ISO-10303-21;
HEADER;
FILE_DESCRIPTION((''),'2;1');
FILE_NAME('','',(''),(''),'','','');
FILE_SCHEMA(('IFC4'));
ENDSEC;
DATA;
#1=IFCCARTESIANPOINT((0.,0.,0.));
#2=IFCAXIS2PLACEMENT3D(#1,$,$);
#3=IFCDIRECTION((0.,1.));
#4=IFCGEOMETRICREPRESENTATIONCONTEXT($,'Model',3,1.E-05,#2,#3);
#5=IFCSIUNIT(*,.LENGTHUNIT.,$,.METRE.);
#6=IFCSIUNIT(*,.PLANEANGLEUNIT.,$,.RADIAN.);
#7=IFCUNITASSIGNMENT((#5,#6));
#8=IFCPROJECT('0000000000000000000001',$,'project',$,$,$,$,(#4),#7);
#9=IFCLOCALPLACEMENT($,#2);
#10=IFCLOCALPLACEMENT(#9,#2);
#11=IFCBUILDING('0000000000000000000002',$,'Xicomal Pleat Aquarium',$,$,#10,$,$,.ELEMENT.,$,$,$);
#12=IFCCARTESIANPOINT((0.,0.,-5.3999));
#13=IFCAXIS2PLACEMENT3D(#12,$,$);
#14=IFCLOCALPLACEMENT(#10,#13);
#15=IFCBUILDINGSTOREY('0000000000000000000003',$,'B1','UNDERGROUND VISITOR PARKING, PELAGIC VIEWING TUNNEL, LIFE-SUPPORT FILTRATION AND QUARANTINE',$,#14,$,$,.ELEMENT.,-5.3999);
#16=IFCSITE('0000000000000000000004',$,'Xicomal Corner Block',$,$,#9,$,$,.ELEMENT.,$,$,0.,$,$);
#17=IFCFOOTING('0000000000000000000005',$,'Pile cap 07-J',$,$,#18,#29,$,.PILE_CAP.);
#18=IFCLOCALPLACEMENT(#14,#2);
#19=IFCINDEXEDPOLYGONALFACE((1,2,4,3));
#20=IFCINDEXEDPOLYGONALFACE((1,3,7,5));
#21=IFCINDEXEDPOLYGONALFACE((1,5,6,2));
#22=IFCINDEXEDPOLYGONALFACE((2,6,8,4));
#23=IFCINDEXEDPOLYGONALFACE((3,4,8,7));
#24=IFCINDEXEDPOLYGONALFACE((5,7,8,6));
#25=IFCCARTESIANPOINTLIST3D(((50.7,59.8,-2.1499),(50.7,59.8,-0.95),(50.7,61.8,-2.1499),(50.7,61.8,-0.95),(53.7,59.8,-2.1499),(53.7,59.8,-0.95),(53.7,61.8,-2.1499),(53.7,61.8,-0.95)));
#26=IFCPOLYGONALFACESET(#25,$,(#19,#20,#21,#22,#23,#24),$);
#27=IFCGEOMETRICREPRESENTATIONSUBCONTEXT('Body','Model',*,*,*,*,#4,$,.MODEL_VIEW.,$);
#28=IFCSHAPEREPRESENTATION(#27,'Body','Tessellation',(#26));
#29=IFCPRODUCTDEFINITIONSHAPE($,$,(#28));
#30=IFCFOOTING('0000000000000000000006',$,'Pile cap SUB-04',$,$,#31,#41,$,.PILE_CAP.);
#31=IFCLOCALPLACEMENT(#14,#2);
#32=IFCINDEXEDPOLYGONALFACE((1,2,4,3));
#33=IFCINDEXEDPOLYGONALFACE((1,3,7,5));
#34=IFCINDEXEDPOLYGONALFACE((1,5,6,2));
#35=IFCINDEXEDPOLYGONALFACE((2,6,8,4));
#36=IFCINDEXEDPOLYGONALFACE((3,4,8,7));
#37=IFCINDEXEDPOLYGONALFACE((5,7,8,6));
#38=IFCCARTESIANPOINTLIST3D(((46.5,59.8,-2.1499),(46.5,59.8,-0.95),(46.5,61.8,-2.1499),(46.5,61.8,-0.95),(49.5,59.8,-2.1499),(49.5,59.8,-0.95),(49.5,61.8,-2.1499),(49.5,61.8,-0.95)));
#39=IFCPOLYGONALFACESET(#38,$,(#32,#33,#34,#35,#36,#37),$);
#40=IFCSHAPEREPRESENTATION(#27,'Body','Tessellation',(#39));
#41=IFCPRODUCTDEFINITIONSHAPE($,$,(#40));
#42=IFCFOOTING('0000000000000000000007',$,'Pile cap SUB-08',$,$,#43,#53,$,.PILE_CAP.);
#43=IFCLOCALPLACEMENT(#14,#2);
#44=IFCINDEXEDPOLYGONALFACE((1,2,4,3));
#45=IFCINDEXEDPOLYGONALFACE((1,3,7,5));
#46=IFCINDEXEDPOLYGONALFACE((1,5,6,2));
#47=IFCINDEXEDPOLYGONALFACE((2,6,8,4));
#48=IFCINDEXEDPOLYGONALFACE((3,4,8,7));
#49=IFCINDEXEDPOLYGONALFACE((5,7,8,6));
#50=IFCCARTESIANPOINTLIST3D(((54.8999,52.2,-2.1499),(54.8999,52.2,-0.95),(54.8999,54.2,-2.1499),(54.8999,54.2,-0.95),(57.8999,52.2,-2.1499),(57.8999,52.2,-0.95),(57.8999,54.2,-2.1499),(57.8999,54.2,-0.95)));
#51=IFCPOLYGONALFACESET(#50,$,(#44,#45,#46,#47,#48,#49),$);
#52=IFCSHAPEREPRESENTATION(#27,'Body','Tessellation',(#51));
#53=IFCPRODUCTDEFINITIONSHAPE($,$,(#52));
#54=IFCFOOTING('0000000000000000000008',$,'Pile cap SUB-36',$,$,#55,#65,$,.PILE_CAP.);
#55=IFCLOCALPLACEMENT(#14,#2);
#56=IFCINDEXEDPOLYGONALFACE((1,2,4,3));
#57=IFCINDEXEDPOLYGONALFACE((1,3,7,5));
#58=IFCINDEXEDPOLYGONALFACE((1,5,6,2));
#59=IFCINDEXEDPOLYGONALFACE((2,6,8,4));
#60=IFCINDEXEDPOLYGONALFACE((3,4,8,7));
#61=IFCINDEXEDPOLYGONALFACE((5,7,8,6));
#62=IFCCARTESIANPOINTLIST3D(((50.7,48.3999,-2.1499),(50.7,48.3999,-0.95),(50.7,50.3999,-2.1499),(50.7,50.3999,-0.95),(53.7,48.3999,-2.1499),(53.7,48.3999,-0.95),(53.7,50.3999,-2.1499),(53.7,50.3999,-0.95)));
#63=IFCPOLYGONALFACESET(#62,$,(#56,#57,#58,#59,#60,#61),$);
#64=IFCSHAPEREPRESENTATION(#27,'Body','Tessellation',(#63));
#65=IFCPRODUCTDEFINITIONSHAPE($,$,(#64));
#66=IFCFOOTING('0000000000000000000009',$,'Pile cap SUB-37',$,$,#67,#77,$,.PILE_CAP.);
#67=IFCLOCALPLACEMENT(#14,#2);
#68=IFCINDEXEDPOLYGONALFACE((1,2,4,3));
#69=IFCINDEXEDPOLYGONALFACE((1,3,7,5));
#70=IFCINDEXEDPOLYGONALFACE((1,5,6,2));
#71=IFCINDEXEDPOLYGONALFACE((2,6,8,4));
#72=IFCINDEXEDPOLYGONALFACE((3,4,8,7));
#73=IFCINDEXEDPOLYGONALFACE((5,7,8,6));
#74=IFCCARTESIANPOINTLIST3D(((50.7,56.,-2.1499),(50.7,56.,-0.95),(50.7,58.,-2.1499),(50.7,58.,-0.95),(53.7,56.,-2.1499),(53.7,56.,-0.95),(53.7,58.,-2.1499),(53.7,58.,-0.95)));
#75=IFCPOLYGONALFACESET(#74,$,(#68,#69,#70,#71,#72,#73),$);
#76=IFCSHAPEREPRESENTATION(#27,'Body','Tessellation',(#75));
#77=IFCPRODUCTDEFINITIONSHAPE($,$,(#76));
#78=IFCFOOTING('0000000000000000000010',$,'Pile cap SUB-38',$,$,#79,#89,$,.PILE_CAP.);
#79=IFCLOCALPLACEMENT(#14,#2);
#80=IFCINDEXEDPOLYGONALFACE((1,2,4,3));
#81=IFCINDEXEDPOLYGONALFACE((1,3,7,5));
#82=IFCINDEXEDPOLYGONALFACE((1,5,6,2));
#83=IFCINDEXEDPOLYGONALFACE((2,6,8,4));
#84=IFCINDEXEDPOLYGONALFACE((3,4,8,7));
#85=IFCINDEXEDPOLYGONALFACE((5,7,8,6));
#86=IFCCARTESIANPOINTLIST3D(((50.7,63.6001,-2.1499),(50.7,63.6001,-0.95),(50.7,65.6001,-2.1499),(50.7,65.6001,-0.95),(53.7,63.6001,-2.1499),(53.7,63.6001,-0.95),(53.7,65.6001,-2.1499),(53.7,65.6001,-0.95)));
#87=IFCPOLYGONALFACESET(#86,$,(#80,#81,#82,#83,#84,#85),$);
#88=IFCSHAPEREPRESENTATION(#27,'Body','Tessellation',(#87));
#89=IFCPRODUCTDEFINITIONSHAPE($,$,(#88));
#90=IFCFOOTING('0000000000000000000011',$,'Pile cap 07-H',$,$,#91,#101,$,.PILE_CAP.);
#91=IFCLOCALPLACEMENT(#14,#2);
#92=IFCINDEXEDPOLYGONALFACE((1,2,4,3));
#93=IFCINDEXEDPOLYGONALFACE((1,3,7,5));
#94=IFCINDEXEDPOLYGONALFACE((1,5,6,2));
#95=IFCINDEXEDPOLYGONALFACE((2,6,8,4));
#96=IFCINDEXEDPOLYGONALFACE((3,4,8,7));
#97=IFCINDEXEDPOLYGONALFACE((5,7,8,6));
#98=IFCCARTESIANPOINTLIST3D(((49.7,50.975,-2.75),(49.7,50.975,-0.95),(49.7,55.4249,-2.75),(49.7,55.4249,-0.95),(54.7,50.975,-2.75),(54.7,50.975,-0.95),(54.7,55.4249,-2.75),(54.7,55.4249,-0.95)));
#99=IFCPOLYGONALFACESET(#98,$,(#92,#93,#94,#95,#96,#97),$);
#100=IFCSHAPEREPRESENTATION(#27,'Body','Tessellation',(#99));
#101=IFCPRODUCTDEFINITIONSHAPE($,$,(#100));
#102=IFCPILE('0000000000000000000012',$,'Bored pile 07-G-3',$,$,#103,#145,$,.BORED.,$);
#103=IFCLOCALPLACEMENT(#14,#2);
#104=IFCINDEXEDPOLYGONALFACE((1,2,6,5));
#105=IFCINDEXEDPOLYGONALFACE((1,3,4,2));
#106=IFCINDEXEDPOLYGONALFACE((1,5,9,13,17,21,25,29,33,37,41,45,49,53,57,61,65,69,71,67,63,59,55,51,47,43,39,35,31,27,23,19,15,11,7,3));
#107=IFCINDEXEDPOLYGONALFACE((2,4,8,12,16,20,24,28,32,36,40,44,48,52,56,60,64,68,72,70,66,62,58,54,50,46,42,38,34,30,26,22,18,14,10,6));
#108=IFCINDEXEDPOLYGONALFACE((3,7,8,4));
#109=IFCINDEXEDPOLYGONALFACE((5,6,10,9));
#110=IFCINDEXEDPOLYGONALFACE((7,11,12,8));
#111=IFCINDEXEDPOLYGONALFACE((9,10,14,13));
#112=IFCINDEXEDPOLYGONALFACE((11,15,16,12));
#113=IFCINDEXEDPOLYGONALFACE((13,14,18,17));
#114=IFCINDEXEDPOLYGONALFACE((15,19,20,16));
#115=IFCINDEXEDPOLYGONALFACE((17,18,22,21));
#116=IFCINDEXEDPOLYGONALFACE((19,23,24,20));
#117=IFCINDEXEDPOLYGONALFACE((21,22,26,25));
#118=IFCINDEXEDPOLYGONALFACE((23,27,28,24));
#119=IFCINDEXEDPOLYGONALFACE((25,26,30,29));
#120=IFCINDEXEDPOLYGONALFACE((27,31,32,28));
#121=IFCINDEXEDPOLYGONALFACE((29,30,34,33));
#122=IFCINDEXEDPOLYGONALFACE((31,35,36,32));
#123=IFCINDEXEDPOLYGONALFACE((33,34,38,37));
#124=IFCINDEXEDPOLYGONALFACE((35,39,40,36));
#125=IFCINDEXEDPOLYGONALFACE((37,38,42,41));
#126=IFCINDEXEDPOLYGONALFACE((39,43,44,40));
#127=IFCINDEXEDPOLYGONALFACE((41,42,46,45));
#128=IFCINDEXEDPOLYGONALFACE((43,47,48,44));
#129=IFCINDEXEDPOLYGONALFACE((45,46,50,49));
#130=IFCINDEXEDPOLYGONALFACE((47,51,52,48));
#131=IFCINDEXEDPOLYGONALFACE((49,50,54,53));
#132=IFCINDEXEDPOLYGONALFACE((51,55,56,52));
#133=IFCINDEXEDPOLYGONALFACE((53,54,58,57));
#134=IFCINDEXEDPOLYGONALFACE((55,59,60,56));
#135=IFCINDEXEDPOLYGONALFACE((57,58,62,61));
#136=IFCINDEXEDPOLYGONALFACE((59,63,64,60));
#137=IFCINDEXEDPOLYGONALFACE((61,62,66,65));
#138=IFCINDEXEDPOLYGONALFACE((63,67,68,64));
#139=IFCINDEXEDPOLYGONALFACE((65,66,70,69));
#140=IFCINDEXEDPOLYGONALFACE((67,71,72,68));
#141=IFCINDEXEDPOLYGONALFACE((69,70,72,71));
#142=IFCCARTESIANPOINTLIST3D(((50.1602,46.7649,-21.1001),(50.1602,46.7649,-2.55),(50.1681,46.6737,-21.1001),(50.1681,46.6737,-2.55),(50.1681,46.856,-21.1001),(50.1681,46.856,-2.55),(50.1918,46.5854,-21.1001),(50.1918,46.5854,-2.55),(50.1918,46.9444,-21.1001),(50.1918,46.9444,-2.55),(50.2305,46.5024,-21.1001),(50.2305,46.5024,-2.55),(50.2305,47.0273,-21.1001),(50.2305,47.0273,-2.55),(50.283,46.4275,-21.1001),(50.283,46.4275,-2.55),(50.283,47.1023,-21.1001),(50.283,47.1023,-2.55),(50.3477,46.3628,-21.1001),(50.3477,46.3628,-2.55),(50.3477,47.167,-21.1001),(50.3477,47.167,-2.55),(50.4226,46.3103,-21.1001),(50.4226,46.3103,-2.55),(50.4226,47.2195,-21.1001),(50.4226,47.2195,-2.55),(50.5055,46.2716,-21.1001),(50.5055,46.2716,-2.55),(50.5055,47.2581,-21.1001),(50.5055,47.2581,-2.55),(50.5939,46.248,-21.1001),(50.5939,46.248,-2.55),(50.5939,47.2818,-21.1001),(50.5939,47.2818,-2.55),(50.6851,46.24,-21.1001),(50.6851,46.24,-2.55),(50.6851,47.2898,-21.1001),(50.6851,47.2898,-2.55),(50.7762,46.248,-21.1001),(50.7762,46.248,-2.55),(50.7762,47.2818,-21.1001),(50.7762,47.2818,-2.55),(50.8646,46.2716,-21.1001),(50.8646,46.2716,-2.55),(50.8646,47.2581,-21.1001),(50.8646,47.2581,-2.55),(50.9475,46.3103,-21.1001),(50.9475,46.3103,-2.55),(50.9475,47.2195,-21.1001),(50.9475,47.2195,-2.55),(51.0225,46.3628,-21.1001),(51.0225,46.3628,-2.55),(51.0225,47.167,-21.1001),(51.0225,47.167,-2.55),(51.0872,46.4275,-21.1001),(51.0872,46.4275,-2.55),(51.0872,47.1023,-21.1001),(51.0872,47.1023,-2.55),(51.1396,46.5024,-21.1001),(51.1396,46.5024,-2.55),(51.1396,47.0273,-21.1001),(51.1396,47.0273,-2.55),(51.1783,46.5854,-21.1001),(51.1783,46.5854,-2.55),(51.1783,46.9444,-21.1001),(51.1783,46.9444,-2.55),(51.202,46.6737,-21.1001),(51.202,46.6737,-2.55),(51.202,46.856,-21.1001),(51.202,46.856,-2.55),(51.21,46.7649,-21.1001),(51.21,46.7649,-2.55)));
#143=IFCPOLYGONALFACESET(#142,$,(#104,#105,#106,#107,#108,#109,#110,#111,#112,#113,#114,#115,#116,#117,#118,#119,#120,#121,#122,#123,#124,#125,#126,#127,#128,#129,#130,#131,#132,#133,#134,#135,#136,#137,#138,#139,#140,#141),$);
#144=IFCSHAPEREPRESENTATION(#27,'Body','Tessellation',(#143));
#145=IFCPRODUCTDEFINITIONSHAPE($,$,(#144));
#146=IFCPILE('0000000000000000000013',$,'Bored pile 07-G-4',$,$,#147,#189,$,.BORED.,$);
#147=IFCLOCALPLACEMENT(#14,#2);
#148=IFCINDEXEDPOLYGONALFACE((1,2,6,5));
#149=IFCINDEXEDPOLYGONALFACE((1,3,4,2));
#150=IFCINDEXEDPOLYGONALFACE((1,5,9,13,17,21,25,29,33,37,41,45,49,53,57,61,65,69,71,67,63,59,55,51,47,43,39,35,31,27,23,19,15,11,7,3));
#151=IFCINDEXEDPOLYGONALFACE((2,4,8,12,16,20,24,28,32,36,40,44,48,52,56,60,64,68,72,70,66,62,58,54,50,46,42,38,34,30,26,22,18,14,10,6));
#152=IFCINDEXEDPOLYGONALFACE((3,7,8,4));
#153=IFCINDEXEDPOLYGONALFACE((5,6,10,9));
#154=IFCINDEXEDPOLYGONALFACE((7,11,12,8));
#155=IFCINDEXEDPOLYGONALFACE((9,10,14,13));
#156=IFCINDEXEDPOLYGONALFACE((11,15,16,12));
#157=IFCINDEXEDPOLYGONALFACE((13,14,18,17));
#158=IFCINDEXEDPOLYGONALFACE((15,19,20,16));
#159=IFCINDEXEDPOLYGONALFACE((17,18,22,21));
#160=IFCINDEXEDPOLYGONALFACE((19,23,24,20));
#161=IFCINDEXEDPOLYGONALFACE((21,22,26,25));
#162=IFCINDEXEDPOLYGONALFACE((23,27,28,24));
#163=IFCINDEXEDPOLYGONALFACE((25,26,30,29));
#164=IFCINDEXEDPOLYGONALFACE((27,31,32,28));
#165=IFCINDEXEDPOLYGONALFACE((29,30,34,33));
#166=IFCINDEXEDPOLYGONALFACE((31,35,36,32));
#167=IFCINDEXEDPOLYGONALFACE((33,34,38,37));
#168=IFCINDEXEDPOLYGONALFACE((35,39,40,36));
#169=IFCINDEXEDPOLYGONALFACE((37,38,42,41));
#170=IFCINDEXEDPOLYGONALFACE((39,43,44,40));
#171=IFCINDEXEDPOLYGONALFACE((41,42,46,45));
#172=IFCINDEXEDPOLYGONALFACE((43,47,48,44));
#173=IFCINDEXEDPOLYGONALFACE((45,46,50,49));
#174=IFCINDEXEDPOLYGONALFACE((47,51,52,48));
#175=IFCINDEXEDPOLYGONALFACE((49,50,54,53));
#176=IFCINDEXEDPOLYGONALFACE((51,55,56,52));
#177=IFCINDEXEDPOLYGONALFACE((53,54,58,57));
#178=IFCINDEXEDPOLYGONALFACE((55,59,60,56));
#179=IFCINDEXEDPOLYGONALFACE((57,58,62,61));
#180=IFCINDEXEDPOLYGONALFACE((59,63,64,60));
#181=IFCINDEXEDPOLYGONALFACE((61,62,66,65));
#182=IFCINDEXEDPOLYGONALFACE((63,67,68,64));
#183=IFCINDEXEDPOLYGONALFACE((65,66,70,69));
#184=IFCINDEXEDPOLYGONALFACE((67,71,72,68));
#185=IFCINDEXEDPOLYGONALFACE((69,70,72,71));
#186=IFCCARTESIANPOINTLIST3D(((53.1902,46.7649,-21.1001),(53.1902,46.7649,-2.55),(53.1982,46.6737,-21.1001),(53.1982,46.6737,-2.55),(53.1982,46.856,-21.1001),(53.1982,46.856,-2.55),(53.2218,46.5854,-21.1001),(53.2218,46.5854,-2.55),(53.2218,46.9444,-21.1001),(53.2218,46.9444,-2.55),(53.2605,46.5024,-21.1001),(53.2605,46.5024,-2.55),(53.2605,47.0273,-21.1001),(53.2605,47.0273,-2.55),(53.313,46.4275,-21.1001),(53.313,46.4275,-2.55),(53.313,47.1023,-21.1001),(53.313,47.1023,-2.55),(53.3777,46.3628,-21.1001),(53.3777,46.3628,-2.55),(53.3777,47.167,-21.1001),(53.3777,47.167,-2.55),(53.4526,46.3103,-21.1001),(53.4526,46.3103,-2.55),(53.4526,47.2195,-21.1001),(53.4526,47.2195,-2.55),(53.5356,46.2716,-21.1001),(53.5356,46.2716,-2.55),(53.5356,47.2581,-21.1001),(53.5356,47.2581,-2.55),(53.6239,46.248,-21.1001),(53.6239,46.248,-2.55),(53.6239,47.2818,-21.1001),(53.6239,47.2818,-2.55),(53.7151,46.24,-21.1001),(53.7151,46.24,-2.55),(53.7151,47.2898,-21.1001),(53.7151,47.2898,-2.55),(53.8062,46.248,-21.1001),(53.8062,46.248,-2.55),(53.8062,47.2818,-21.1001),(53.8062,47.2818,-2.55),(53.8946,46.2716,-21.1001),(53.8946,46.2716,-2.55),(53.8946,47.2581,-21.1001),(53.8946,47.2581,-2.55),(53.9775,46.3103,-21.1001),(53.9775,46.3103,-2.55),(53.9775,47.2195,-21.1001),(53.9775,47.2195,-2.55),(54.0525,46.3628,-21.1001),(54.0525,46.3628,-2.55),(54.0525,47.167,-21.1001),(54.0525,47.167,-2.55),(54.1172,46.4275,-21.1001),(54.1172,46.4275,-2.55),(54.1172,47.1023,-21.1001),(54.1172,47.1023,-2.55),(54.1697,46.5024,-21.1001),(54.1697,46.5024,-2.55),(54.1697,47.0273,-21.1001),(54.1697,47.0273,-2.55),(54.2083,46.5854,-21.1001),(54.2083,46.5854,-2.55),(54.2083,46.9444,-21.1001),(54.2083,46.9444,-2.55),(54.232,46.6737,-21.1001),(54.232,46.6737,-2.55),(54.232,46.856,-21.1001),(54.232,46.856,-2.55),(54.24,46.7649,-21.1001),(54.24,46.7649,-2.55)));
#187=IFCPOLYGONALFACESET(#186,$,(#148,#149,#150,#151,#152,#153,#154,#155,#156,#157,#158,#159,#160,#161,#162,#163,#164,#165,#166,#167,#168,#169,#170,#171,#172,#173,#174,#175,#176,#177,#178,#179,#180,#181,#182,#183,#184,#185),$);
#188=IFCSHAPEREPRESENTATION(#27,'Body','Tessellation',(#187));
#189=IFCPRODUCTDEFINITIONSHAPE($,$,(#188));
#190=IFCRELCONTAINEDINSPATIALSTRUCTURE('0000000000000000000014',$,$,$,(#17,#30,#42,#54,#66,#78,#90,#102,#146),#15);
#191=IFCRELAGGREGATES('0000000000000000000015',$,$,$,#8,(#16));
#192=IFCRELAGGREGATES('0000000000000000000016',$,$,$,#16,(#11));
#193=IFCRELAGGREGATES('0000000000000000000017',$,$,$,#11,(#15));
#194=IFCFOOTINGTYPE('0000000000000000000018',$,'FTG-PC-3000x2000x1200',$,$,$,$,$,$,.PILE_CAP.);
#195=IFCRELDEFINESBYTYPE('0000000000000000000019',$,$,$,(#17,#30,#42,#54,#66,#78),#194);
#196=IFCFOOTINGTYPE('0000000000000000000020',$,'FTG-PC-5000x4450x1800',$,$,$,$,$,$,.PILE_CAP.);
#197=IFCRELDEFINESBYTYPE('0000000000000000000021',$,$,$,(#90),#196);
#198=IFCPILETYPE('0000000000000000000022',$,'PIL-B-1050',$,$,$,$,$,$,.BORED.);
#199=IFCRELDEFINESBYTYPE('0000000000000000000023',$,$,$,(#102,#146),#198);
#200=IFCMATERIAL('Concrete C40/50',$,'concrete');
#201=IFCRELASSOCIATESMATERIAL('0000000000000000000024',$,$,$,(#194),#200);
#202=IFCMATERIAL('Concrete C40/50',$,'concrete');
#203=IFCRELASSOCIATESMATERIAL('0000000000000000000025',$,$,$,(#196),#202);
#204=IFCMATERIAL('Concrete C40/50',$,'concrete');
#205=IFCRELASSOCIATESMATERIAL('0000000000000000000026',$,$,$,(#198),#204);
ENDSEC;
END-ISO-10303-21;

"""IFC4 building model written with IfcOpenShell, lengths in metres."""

from ifc_helpers import new_model, si_unit, direction, frame, origin, origin_2d, place, context, subcontext, project, spatial, rectangle, circle, extrude, material, material_profile, profile_set, type_object, element, save


model = new_model("IFC4")

# Units and contexts
model_context = context("Model", 3, precision=1e-05, world=origin(), true_north=direction((0.0, 1.0)))
body_context = subcontext(model_context, "Body", "Model", "MODEL_VIEW")
ifc_project = project(units=[si_unit("LENGTHUNIT", "METRE"), si_unit("PLANEANGLEUNIT", "RADIAN")], contexts=[model_context])

# Site, building, storey
site_placement = place(None, origin())
site = spatial("IfcSite", under=ifc_project, at=site_placement, Name="Xicomal Corner Block", CompositionType="ELEMENT", RefElevation=0.0)
building_placement = place(site_placement, origin())
building = spatial("IfcBuilding", under=site, at=building_placement, Name="Xicomal Pleat Aquarium", CompositionType="ELEMENT")
storey_placement = place(building_placement, frame((0.0, 0.0, -5.3999)))
storey = spatial("IfcBuildingStorey", under=building, at=storey_placement, Name="B1", Description="UNDERGROUND VISITOR PARKING, PELAGIC VIEWING TUNNEL, LIFE-SUPPORT FILTRATION AND QUARANTINE", CompositionType="ELEMENT", Elevation=-5.3999)

# Footings
ifc_material_1 = material(Name="Concrete C40/50", Category="concrete")
footing_type_1 = type_object("IfcFootingType", Name="FTG-PC-3000x2000x1200", PredefinedType="PILE_CAP", material=ifc_material_1)
for number, where, z_axis, x_axis, name in (
    (1, (52.2, 60.8, -2.1499), (0.0, 0.0, 1.0), (1.0, 0.0, 0.0), "Pile cap 07-J"),
    (2, (48.0, 60.8, -2.1499), (0.0, 0.0, 1.0), (1.0, 0.0, 0.0), "Pile cap SUB-04"),
    (3, (56.3999, 53.2, -2.1499), (0.0, 0.0, 1.0), (1.0, 0.0, 0.0), "Pile cap SUB-08"),
    (4, (52.2, 49.3999, -2.1499), (0.0, 0.0, 1.0), (1.0, 0.0, 0.0), "Pile cap SUB-36"),
    (5, (52.2, 57.0, -2.1499), (0.0, 0.0, 1.0), (1.0, 0.0, 0.0), "Pile cap SUB-37"),
    (6, (52.2, 64.6001, -2.1499), (0.0, 0.0, 1.0), (1.0, 0.0, 0.0), "Pile cap SUB-38"),
):
    element("IfcFooting", number, at=place(storey_placement, frame(where, z_axis=z_axis, x_axis=x_axis)), inside=storey, type_object=footing_type_1, Name=name, PredefinedType="PILE_CAP", context=body_context, shape_type="SweptSolid", body=[
        extrude(rectangle(XDim=3.0, YDim=2.0, at=origin_2d()), origin(), (0.0, 0.0, 1.0), 1.2),
    ])
ifc_material_2 = material(Name="Concrete C40/50", Category="concrete")
footing_type_2 = type_object("IfcFootingType", Name="FTG-PC-5000x4450x1800", PredefinedType="PILE_CAP", material=ifc_material_2)
footing_placement = place(storey_placement, frame((52.2, 53.2, -2.75), z_axis=(0.0, 0.0, 1.0), x_axis=(1.0, 0.0, 0.0)))
element("IfcFooting", 7, at=footing_placement, inside=storey, type_object=footing_type_2, Name="Pile cap 07-H", PredefinedType="PILE_CAP", context=body_context, shape_type="SweptSolid", body=[
    extrude(rectangle(XDim=5.0, YDim=4.45, at=origin_2d()), origin(), (0.0, 0.0, 1.0), 1.8),
])

# Piles
ifc_material_3 = material(Name="Concrete C40/50", Category="concrete")
ifc_material_profile_1 = material_profile(ifc_material_3, circle(Radius=0.5249, at=origin_2d()), Name="BORED PILE D1050")
ifc_profile_set_1 = profile_set([ifc_material_profile_1], Name="Concrete C40/50")
pile_type_1 = type_object("IfcPileType", Name="PIL-B-1050", PredefinedType="BORED", material=ifc_profile_set_1)
for number, where, z_axis, x_axis, name in (
    (8, (50.6851, 46.7649, -2.55), (0.0, 0.0, -1.0), (1.0, 0.0, 0.0), "Bored pile 07-G-3"),
    (9, (53.7151, 46.7649, -2.55), (0.0, 0.0, -1.0), (1.0, 0.0, 0.0), "Bored pile 07-G-4"),
):
    element("IfcPile", number, at=place(storey_placement, frame(where, z_axis=z_axis, x_axis=x_axis)), inside=storey, type_object=pile_type_1, Name=name, PredefinedType="BORED", context=body_context, shape_type="SweptSolid", body=[
        extrude(circle(Radius=0.5249, at=origin_2d()), origin(), (0.0, 0.0, 1.0), 18.55),
    ])

save(model, "model.ifc")
